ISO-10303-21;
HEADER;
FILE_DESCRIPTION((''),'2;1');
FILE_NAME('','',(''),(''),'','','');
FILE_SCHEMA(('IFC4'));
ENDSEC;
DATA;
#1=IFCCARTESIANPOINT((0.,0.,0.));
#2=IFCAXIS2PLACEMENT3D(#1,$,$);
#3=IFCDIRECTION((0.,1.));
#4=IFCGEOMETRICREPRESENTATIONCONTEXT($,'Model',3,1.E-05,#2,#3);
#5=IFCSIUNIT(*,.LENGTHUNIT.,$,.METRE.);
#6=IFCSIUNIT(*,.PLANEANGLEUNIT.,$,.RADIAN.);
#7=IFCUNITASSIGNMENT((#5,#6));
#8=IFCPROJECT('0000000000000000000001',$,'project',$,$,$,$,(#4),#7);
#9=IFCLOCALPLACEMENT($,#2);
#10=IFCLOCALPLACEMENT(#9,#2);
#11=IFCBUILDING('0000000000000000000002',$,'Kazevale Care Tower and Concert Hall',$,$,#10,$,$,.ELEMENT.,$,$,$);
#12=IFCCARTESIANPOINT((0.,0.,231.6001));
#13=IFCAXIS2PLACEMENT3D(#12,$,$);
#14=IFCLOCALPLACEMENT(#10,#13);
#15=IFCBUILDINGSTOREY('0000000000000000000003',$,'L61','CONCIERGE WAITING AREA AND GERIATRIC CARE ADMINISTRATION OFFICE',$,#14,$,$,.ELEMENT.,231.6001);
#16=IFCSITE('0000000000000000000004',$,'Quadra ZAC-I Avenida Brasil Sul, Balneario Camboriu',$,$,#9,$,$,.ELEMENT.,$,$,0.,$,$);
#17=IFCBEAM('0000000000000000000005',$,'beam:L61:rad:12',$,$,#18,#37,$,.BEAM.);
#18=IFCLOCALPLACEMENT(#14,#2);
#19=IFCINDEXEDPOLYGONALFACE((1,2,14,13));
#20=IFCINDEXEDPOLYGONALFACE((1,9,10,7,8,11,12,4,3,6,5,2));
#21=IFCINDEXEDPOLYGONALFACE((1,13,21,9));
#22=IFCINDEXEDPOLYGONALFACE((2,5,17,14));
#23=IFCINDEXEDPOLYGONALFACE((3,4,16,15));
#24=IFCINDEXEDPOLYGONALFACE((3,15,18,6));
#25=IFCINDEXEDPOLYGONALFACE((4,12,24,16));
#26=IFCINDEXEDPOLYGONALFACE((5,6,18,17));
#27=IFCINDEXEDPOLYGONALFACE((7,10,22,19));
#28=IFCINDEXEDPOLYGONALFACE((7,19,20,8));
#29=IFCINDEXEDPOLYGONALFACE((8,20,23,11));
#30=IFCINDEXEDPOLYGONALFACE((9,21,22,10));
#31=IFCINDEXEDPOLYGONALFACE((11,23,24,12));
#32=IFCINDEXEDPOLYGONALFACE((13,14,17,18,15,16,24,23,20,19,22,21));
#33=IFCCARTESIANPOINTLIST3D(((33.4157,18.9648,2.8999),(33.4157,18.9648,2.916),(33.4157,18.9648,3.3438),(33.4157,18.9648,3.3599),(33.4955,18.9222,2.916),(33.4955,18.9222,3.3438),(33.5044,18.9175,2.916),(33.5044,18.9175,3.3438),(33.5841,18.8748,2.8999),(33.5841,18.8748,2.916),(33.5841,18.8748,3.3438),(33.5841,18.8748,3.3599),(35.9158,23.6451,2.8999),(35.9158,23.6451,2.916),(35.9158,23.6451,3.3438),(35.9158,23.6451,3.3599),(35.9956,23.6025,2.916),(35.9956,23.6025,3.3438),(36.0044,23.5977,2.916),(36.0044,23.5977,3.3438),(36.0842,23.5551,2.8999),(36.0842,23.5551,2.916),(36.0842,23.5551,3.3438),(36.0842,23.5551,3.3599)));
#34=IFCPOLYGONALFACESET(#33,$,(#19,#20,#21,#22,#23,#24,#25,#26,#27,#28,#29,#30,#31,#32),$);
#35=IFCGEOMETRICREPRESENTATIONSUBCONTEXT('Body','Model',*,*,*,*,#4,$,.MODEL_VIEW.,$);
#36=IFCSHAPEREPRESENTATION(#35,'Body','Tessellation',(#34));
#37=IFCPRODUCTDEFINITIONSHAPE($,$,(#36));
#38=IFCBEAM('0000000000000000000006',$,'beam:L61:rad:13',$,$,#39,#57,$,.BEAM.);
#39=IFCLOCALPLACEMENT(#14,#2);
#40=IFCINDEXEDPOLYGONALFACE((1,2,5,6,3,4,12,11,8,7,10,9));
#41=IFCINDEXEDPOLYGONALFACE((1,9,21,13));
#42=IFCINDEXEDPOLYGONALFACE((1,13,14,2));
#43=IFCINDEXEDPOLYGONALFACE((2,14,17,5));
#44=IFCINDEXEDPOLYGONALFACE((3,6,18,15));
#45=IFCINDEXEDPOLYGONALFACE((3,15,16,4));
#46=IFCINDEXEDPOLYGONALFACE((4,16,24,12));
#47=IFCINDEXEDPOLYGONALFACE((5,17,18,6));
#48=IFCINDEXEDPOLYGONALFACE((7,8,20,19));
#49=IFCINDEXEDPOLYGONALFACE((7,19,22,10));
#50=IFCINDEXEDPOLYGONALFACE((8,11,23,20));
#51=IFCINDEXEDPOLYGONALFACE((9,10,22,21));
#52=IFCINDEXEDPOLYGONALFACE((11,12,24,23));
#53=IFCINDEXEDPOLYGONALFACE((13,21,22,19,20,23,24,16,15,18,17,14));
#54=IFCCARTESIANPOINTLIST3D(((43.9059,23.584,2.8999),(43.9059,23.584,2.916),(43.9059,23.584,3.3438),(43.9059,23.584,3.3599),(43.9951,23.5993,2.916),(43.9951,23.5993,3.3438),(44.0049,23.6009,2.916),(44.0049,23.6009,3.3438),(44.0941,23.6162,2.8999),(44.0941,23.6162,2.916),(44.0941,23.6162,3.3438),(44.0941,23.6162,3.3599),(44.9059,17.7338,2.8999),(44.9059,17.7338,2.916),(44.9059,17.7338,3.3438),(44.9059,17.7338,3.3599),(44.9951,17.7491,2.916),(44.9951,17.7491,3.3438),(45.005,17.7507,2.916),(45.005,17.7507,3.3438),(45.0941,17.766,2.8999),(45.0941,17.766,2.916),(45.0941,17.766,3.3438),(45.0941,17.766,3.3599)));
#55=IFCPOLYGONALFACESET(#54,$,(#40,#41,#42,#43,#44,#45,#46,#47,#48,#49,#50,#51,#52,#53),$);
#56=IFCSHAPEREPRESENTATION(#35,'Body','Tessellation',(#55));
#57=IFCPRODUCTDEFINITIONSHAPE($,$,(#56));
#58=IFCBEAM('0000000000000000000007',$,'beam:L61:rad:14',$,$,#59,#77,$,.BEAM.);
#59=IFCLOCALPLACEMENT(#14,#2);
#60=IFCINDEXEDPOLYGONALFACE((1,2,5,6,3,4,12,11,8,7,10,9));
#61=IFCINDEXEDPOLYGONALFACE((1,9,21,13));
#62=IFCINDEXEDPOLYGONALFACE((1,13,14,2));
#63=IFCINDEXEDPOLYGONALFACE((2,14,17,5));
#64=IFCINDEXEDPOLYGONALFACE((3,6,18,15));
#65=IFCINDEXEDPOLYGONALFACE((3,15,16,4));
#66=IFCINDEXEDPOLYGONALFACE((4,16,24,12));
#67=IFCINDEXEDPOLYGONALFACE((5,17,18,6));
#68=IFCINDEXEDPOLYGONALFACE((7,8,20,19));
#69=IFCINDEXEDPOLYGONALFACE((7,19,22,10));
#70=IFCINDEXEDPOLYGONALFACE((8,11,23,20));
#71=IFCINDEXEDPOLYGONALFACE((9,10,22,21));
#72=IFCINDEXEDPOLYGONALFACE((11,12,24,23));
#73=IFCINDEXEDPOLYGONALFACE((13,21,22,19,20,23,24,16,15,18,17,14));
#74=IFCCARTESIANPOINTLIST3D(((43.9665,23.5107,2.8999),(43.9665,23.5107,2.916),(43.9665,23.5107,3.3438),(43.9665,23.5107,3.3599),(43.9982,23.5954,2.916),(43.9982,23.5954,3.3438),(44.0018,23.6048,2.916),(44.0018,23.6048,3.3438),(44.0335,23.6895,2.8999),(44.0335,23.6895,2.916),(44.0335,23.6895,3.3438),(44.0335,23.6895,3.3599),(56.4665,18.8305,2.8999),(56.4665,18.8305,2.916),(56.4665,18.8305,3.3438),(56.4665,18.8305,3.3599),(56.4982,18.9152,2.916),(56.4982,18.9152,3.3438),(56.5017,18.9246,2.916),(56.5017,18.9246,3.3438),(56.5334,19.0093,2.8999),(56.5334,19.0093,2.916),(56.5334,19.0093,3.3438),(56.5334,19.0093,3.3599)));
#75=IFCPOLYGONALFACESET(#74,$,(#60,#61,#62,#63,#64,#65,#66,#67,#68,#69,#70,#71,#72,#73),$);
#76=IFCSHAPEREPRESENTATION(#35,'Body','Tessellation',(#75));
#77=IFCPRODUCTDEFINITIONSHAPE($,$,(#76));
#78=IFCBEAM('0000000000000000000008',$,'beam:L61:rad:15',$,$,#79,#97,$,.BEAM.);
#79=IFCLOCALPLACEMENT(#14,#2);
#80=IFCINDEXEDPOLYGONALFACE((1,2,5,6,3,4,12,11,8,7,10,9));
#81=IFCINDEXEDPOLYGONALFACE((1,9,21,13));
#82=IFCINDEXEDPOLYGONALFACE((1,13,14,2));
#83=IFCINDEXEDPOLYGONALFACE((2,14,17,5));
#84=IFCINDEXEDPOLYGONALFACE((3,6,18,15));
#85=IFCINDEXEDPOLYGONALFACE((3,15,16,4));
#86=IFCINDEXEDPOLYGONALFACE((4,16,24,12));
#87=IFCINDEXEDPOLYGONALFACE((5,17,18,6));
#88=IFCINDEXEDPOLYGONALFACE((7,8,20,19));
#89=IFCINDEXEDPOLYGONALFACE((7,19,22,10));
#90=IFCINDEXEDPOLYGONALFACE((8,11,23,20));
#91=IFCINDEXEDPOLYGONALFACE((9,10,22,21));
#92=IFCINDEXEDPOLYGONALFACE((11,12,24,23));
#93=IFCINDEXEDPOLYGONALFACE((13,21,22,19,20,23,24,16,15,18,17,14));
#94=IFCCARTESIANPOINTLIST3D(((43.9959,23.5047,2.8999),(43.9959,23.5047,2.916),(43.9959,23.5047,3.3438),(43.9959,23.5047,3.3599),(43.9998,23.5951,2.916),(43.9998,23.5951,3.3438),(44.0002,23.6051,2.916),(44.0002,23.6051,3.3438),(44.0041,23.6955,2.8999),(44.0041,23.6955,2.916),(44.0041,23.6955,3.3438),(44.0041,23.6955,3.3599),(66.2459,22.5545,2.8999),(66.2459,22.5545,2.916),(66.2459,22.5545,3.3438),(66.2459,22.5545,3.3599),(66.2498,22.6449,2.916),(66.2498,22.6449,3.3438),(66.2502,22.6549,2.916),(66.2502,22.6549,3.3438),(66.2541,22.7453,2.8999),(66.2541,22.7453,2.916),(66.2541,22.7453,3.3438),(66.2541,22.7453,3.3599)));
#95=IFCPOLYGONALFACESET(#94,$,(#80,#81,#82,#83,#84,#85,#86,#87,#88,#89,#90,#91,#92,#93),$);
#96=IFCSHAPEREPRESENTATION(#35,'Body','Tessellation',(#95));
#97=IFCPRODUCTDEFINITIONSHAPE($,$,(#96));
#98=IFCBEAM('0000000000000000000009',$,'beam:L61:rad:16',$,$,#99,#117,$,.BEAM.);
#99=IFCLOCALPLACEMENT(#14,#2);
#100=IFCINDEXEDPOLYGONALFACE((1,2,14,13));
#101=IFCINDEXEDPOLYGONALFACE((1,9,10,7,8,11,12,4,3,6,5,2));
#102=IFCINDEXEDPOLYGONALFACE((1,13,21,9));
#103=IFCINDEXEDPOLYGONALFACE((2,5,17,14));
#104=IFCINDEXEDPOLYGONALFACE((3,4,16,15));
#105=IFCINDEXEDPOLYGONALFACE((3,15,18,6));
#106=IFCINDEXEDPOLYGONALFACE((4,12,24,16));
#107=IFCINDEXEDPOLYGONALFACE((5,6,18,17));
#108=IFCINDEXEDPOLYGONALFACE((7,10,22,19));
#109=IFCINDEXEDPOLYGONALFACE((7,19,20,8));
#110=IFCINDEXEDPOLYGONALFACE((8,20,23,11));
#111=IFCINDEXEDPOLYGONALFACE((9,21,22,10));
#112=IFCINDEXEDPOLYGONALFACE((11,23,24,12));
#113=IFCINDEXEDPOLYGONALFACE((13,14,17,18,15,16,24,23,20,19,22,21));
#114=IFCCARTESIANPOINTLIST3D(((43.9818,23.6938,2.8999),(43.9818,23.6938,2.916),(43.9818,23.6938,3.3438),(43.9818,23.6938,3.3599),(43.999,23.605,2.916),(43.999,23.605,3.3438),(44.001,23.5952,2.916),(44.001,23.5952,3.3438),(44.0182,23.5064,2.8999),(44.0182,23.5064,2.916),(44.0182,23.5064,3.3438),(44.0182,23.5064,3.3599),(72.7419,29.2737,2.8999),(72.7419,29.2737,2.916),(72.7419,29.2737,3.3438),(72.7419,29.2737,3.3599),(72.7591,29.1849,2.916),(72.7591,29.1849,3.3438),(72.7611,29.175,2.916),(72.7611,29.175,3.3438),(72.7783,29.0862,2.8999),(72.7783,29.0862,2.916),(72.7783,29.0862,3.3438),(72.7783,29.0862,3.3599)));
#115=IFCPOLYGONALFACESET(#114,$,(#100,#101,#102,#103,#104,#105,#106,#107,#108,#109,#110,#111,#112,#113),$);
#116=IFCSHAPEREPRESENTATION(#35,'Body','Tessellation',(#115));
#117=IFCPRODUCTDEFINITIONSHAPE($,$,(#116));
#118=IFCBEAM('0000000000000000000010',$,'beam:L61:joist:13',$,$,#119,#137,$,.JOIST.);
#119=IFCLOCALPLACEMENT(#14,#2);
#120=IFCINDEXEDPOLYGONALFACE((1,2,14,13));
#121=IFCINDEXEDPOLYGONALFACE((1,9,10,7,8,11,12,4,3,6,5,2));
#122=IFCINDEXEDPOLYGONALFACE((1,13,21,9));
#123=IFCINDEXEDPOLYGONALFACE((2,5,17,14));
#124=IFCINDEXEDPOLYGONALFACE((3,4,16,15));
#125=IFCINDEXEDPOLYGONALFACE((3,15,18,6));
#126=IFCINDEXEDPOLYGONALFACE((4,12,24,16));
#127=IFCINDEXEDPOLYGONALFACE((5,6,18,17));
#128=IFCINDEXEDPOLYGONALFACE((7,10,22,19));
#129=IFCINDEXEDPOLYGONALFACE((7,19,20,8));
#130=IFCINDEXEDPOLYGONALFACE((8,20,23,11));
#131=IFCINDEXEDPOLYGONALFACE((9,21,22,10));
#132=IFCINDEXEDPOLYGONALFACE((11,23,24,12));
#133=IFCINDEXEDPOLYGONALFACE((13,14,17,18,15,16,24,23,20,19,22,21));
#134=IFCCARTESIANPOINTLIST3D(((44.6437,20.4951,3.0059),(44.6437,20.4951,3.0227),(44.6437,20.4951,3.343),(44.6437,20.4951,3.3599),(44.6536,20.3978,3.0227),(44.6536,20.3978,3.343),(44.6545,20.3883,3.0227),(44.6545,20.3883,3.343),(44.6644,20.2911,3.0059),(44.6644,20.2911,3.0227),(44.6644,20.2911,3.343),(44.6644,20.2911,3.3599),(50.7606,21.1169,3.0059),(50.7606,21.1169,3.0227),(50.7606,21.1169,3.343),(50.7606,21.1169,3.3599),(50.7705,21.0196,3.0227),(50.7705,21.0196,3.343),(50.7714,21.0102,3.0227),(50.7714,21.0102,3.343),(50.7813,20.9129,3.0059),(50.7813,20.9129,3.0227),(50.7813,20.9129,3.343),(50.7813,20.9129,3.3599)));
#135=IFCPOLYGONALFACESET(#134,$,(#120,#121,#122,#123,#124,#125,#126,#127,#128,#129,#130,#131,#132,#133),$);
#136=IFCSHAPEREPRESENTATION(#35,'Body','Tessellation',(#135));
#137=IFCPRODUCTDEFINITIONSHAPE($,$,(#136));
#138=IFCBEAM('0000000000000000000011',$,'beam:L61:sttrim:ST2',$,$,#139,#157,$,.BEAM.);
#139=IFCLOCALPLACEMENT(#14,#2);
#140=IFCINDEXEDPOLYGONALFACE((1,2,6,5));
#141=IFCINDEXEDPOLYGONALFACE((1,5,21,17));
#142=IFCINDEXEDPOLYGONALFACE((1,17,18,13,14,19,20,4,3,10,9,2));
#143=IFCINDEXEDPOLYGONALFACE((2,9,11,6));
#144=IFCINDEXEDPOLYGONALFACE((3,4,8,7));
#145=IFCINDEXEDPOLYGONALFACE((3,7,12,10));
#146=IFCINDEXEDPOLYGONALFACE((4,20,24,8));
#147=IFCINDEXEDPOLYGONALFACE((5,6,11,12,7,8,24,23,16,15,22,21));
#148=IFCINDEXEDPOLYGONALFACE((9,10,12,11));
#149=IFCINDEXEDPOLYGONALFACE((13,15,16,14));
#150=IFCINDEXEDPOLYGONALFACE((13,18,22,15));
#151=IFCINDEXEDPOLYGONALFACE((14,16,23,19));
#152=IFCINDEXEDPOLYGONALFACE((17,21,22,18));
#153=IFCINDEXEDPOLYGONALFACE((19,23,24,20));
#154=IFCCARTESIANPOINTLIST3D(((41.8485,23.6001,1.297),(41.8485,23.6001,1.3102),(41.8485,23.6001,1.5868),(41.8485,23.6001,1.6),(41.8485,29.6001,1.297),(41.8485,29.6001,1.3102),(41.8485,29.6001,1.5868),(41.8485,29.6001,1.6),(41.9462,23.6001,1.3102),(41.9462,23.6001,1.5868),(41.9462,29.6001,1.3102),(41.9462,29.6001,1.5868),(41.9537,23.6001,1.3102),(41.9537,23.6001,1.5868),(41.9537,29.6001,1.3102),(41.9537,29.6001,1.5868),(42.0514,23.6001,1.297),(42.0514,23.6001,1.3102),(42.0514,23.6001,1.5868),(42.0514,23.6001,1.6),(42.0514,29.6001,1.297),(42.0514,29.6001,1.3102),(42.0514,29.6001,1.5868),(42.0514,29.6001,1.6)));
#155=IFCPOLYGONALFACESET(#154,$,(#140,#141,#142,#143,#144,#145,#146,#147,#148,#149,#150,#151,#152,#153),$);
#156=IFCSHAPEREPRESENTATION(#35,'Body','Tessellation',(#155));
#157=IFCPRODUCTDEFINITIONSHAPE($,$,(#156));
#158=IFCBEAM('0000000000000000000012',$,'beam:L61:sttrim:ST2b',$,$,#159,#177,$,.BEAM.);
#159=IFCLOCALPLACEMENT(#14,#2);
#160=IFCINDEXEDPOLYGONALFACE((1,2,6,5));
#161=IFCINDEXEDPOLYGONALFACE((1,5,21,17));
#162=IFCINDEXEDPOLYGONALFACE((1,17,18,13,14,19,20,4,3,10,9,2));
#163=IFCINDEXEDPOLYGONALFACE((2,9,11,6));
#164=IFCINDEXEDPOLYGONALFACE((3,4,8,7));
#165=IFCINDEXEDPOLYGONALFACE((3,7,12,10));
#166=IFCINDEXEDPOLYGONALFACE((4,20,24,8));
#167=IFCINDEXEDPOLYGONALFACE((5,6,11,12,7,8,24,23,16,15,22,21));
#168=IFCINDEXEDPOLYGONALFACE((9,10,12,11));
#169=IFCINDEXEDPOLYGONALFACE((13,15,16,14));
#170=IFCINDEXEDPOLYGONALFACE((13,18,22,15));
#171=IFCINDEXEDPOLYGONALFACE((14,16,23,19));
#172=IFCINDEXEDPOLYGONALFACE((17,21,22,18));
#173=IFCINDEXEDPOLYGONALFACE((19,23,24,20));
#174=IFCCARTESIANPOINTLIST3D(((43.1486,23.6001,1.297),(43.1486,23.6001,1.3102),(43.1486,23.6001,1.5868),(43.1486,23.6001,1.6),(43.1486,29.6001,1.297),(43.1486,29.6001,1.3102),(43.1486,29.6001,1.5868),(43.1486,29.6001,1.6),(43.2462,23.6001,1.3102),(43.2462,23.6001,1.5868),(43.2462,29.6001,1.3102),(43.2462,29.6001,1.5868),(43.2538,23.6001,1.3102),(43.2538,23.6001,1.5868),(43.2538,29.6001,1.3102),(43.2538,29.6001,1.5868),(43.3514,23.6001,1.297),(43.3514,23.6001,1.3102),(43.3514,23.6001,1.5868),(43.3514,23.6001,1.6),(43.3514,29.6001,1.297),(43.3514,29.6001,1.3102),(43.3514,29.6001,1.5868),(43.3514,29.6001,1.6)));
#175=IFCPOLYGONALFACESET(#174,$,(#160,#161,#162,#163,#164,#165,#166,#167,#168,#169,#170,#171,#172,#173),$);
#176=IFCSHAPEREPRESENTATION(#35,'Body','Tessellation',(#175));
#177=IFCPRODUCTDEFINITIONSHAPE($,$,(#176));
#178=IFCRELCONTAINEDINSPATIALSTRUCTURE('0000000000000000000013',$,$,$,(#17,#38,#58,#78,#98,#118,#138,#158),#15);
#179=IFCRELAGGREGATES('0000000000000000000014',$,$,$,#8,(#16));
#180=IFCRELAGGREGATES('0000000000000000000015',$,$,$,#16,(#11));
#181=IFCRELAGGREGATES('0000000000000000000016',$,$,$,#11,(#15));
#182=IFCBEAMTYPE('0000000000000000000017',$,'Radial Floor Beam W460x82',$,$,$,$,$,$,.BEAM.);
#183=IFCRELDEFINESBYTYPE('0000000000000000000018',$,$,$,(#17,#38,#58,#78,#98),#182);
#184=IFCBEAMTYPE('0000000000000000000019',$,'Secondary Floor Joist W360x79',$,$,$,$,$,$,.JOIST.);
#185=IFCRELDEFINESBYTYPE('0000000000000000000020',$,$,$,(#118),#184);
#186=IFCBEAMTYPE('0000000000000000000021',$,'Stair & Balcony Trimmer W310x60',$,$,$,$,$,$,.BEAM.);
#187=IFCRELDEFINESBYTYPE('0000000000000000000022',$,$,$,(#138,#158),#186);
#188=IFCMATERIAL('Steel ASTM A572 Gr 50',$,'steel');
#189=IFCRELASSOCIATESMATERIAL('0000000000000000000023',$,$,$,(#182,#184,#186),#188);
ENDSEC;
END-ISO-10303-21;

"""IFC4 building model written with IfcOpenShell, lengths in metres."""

from ifc_helpers import new_model, si_unit, direction, frame, origin, origin_2d, place, context, subcontext, project, spatial, i_section, extrude, material, material_profile, profile_set, type_object, element, save


model = new_model("IFC4")

# Units and contexts
model_context = context("Model", 3, precision=1e-05, world=origin(), true_north=direction((0.0, 1.0)))
body_context = subcontext(model_context, "Body", "Model", "MODEL_VIEW")
ifc_project = project(units=[si_unit("LENGTHUNIT", "METRE"), si_unit("PLANEANGLEUNIT", "RADIAN")], contexts=[model_context])

# Site, building, storey
site_placement = place(None, origin())
site = spatial("IfcSite", under=ifc_project, at=site_placement, Name="Quadra ZAC-I Avenida Brasil Sul, Balneario Camboriu", CompositionType="ELEMENT", RefElevation=0.0)
building_placement = place(site_placement, origin())
building = spatial("IfcBuilding", under=site, at=building_placement, Name="Kazevale Care Tower and Concert Hall", CompositionType="ELEMENT")
storey_placement = place(building_placement, frame((0.0, 0.0, 231.6001)))
storey = spatial("IfcBuildingStorey", under=building, at=storey_placement, Name="L61", Description="CONCIERGE WAITING AREA AND GERIATRIC CARE ADMINISTRATION OFFICE", CompositionType="ELEMENT", Elevation=231.6001)

# Beams
ifc_material_1 = material(Name="Steel ASTM A572 Gr 50", Category="steel")
ifc_material_profile_1 = material_profile(ifc_material_1, i_section(OverallWidth=0.1909, OverallDepth=0.46, WebThickness=0.01, FlangeThickness=0.0161, at=origin_2d()), Name="W460x82")
ifc_profile_set_1 = profile_set([ifc_material_profile_1], Name="Steel ASTM A572 Gr 50")
beam_type_1 = type_object("IfcBeamType", Name="Radial Floor Beam W460x82", PredefinedType="BEAM", material=ifc_profile_set_1)
beam_1_placement = place(storey_placement, frame((36.0, 23.6001, 3.1299), z_axis=(-0.471161, -0.882047, 0.0), x_axis=(0.882047, -0.471161, 0.0)))
element("IfcBeam", 1, at=beam_1_placement, inside=storey, type_object=beam_type_1, Name="beam:L61:rad:12", PredefinedType="BEAM", context=body_context, shape_type="SweptSolid", body=[
    extrude(i_section(OverallWidth=0.1909, OverallDepth=0.46, WebThickness=0.01, FlangeThickness=0.0161, at=origin_2d()), origin(), (0.0, 0.0, 1.0), 5.3062),
])
beam_2_placement = place(storey_placement, frame((44.0, 23.6001, 3.1299), z_axis=(0.168493, -0.985703, 0.0), x_axis=(0.985703, 0.168493, 0.0)))
element("IfcBeam", 2, at=beam_2_placement, inside=storey, type_object=beam_type_1, Name="beam:L61:rad:13", PredefinedType="BEAM", context=body_context, shape_type="SweptSolid", body=[
    extrude(i_section(OverallWidth=0.1909, OverallDepth=0.46, WebThickness=0.01, FlangeThickness=0.0161, at=origin_2d()), origin(), (0.0, 0.0, 1.0), 5.9351),
])
beam_3_placement = place(storey_placement, frame((44.0, 23.6001, 3.1299), z_axis=(0.936509, -0.350642, 0.0), x_axis=(0.350642, 0.936509, 0.0)))
element("IfcBeam", 3, at=beam_3_placement, inside=storey, type_object=beam_type_1, Name="beam:L61:rad:14", PredefinedType="BEAM", context=body_context, shape_type="SweptSolid", body=[
    extrude(i_section(OverallWidth=0.1909, OverallDepth=0.46, WebThickness=0.01, FlangeThickness=0.0161, at=origin_2d()), origin(), (0.0, 0.0, 1.0), 13.3474),
])
beam_4_placement = place(storey_placement, frame((44.0, 23.6001, 3.1299), z_axis=(0.999089, -0.042667, 0.0), x_axis=(0.042667, 0.999089, 0.0)))
element("IfcBeam", 4, at=beam_4_placement, inside=storey, type_object=beam_type_1, Name="beam:L61:rad:15", PredefinedType="BEAM", context=body_context, shape_type="SweptSolid", body=[
    extrude(i_section(OverallWidth=0.1909, OverallDepth=0.46, WebThickness=0.01, FlangeThickness=0.0161, at=origin_2d()), origin(), (0.0, 0.0, 1.0), 22.2703),
])
beam_5_placement = place(storey_placement, frame((44.0, 23.6001, 3.1299), z_axis=(0.981695, 0.190462, 0.0), x_axis=(-0.190462, 0.981695, 0.0)))
element("IfcBeam", 5, at=beam_5_placement, inside=storey, type_object=beam_type_1, Name="beam:L61:rad:16", PredefinedType="BEAM", context=body_context, shape_type="SweptSolid", body=[
    extrude(i_section(OverallWidth=0.1909, OverallDepth=0.46, WebThickness=0.01, FlangeThickness=0.0161, at=origin_2d()), origin(), (0.0, 0.0, 1.0), 29.2964),
])
ifc_material_profile_2 = material_profile(ifc_material_1, i_section(OverallWidth=0.2051, OverallDepth=0.354, WebThickness=0.0095, FlangeThickness=0.0168, at=origin_2d()), Name="W360x79")
ifc_profile_set_2 = profile_set([ifc_material_profile_2], Name="Steel ASTM A572 Gr 50")
beam_type_2 = type_object("IfcBeamType", Name="Secondary Floor Joist W360x79", PredefinedType="JOIST", material=ifc_profile_set_2)
beam_6_placement = place(storey_placement, frame((44.6541, 20.3931, 3.1829), z_axis=(0.994873, 0.101135, 0.0), x_axis=(-0.101135, 0.994873, 0.0)))
element("IfcBeam", 6, at=beam_6_placement, inside=storey, type_object=beam_type_2, Name="beam:L61:joist:13", PredefinedType="JOIST", context=body_context, shape_type="SweptSolid", body=[
    extrude(i_section(OverallWidth=0.2051, OverallDepth=0.354, WebThickness=0.0095, FlangeThickness=0.0168, at=origin_2d()), origin(), (0.0, 0.0, 1.0), 6.1484),
])
ifc_material_profile_3 = material_profile(ifc_material_1, i_section(OverallWidth=0.2029, OverallDepth=0.303, WebThickness=0.0076, FlangeThickness=0.0132, at=origin_2d()), Name="W310x60")
ifc_profile_set_3 = profile_set([ifc_material_profile_3], Name="Steel ASTM A572 Gr 50")
beam_type_3 = type_object("IfcBeamType", Name="Stair & Balcony Trimmer W310x60", PredefinedType="BEAM", material=ifc_profile_set_3)
for number, where, z_axis, x_axis, name in (
    (7, (41.95, 23.6001, 1.4485), (0.0, 1.0, 0.0), (-1.0, 0.0, 0.0), "beam:L61:sttrim:ST2"),
    (8, (43.25, 23.6001, 1.4485), (0.0, 1.0, 0.0), (-1.0, 0.0, 0.0), "beam:L61:sttrim:ST2b"),
):
    element("IfcBeam", number, at=place(storey_placement, frame(where, z_axis=z_axis, x_axis=x_axis)), inside=storey, type_object=beam_type_3, Name=name, PredefinedType="BEAM", context=body_context, shape_type="SweptSolid", body=[
        extrude(i_section(OverallWidth=0.2029, OverallDepth=0.303, WebThickness=0.0076, FlangeThickness=0.0132, at=origin_2d()), origin(), (0.0, 0.0, 1.0), 6.0),
    ])

save(model, "model.ifc")
